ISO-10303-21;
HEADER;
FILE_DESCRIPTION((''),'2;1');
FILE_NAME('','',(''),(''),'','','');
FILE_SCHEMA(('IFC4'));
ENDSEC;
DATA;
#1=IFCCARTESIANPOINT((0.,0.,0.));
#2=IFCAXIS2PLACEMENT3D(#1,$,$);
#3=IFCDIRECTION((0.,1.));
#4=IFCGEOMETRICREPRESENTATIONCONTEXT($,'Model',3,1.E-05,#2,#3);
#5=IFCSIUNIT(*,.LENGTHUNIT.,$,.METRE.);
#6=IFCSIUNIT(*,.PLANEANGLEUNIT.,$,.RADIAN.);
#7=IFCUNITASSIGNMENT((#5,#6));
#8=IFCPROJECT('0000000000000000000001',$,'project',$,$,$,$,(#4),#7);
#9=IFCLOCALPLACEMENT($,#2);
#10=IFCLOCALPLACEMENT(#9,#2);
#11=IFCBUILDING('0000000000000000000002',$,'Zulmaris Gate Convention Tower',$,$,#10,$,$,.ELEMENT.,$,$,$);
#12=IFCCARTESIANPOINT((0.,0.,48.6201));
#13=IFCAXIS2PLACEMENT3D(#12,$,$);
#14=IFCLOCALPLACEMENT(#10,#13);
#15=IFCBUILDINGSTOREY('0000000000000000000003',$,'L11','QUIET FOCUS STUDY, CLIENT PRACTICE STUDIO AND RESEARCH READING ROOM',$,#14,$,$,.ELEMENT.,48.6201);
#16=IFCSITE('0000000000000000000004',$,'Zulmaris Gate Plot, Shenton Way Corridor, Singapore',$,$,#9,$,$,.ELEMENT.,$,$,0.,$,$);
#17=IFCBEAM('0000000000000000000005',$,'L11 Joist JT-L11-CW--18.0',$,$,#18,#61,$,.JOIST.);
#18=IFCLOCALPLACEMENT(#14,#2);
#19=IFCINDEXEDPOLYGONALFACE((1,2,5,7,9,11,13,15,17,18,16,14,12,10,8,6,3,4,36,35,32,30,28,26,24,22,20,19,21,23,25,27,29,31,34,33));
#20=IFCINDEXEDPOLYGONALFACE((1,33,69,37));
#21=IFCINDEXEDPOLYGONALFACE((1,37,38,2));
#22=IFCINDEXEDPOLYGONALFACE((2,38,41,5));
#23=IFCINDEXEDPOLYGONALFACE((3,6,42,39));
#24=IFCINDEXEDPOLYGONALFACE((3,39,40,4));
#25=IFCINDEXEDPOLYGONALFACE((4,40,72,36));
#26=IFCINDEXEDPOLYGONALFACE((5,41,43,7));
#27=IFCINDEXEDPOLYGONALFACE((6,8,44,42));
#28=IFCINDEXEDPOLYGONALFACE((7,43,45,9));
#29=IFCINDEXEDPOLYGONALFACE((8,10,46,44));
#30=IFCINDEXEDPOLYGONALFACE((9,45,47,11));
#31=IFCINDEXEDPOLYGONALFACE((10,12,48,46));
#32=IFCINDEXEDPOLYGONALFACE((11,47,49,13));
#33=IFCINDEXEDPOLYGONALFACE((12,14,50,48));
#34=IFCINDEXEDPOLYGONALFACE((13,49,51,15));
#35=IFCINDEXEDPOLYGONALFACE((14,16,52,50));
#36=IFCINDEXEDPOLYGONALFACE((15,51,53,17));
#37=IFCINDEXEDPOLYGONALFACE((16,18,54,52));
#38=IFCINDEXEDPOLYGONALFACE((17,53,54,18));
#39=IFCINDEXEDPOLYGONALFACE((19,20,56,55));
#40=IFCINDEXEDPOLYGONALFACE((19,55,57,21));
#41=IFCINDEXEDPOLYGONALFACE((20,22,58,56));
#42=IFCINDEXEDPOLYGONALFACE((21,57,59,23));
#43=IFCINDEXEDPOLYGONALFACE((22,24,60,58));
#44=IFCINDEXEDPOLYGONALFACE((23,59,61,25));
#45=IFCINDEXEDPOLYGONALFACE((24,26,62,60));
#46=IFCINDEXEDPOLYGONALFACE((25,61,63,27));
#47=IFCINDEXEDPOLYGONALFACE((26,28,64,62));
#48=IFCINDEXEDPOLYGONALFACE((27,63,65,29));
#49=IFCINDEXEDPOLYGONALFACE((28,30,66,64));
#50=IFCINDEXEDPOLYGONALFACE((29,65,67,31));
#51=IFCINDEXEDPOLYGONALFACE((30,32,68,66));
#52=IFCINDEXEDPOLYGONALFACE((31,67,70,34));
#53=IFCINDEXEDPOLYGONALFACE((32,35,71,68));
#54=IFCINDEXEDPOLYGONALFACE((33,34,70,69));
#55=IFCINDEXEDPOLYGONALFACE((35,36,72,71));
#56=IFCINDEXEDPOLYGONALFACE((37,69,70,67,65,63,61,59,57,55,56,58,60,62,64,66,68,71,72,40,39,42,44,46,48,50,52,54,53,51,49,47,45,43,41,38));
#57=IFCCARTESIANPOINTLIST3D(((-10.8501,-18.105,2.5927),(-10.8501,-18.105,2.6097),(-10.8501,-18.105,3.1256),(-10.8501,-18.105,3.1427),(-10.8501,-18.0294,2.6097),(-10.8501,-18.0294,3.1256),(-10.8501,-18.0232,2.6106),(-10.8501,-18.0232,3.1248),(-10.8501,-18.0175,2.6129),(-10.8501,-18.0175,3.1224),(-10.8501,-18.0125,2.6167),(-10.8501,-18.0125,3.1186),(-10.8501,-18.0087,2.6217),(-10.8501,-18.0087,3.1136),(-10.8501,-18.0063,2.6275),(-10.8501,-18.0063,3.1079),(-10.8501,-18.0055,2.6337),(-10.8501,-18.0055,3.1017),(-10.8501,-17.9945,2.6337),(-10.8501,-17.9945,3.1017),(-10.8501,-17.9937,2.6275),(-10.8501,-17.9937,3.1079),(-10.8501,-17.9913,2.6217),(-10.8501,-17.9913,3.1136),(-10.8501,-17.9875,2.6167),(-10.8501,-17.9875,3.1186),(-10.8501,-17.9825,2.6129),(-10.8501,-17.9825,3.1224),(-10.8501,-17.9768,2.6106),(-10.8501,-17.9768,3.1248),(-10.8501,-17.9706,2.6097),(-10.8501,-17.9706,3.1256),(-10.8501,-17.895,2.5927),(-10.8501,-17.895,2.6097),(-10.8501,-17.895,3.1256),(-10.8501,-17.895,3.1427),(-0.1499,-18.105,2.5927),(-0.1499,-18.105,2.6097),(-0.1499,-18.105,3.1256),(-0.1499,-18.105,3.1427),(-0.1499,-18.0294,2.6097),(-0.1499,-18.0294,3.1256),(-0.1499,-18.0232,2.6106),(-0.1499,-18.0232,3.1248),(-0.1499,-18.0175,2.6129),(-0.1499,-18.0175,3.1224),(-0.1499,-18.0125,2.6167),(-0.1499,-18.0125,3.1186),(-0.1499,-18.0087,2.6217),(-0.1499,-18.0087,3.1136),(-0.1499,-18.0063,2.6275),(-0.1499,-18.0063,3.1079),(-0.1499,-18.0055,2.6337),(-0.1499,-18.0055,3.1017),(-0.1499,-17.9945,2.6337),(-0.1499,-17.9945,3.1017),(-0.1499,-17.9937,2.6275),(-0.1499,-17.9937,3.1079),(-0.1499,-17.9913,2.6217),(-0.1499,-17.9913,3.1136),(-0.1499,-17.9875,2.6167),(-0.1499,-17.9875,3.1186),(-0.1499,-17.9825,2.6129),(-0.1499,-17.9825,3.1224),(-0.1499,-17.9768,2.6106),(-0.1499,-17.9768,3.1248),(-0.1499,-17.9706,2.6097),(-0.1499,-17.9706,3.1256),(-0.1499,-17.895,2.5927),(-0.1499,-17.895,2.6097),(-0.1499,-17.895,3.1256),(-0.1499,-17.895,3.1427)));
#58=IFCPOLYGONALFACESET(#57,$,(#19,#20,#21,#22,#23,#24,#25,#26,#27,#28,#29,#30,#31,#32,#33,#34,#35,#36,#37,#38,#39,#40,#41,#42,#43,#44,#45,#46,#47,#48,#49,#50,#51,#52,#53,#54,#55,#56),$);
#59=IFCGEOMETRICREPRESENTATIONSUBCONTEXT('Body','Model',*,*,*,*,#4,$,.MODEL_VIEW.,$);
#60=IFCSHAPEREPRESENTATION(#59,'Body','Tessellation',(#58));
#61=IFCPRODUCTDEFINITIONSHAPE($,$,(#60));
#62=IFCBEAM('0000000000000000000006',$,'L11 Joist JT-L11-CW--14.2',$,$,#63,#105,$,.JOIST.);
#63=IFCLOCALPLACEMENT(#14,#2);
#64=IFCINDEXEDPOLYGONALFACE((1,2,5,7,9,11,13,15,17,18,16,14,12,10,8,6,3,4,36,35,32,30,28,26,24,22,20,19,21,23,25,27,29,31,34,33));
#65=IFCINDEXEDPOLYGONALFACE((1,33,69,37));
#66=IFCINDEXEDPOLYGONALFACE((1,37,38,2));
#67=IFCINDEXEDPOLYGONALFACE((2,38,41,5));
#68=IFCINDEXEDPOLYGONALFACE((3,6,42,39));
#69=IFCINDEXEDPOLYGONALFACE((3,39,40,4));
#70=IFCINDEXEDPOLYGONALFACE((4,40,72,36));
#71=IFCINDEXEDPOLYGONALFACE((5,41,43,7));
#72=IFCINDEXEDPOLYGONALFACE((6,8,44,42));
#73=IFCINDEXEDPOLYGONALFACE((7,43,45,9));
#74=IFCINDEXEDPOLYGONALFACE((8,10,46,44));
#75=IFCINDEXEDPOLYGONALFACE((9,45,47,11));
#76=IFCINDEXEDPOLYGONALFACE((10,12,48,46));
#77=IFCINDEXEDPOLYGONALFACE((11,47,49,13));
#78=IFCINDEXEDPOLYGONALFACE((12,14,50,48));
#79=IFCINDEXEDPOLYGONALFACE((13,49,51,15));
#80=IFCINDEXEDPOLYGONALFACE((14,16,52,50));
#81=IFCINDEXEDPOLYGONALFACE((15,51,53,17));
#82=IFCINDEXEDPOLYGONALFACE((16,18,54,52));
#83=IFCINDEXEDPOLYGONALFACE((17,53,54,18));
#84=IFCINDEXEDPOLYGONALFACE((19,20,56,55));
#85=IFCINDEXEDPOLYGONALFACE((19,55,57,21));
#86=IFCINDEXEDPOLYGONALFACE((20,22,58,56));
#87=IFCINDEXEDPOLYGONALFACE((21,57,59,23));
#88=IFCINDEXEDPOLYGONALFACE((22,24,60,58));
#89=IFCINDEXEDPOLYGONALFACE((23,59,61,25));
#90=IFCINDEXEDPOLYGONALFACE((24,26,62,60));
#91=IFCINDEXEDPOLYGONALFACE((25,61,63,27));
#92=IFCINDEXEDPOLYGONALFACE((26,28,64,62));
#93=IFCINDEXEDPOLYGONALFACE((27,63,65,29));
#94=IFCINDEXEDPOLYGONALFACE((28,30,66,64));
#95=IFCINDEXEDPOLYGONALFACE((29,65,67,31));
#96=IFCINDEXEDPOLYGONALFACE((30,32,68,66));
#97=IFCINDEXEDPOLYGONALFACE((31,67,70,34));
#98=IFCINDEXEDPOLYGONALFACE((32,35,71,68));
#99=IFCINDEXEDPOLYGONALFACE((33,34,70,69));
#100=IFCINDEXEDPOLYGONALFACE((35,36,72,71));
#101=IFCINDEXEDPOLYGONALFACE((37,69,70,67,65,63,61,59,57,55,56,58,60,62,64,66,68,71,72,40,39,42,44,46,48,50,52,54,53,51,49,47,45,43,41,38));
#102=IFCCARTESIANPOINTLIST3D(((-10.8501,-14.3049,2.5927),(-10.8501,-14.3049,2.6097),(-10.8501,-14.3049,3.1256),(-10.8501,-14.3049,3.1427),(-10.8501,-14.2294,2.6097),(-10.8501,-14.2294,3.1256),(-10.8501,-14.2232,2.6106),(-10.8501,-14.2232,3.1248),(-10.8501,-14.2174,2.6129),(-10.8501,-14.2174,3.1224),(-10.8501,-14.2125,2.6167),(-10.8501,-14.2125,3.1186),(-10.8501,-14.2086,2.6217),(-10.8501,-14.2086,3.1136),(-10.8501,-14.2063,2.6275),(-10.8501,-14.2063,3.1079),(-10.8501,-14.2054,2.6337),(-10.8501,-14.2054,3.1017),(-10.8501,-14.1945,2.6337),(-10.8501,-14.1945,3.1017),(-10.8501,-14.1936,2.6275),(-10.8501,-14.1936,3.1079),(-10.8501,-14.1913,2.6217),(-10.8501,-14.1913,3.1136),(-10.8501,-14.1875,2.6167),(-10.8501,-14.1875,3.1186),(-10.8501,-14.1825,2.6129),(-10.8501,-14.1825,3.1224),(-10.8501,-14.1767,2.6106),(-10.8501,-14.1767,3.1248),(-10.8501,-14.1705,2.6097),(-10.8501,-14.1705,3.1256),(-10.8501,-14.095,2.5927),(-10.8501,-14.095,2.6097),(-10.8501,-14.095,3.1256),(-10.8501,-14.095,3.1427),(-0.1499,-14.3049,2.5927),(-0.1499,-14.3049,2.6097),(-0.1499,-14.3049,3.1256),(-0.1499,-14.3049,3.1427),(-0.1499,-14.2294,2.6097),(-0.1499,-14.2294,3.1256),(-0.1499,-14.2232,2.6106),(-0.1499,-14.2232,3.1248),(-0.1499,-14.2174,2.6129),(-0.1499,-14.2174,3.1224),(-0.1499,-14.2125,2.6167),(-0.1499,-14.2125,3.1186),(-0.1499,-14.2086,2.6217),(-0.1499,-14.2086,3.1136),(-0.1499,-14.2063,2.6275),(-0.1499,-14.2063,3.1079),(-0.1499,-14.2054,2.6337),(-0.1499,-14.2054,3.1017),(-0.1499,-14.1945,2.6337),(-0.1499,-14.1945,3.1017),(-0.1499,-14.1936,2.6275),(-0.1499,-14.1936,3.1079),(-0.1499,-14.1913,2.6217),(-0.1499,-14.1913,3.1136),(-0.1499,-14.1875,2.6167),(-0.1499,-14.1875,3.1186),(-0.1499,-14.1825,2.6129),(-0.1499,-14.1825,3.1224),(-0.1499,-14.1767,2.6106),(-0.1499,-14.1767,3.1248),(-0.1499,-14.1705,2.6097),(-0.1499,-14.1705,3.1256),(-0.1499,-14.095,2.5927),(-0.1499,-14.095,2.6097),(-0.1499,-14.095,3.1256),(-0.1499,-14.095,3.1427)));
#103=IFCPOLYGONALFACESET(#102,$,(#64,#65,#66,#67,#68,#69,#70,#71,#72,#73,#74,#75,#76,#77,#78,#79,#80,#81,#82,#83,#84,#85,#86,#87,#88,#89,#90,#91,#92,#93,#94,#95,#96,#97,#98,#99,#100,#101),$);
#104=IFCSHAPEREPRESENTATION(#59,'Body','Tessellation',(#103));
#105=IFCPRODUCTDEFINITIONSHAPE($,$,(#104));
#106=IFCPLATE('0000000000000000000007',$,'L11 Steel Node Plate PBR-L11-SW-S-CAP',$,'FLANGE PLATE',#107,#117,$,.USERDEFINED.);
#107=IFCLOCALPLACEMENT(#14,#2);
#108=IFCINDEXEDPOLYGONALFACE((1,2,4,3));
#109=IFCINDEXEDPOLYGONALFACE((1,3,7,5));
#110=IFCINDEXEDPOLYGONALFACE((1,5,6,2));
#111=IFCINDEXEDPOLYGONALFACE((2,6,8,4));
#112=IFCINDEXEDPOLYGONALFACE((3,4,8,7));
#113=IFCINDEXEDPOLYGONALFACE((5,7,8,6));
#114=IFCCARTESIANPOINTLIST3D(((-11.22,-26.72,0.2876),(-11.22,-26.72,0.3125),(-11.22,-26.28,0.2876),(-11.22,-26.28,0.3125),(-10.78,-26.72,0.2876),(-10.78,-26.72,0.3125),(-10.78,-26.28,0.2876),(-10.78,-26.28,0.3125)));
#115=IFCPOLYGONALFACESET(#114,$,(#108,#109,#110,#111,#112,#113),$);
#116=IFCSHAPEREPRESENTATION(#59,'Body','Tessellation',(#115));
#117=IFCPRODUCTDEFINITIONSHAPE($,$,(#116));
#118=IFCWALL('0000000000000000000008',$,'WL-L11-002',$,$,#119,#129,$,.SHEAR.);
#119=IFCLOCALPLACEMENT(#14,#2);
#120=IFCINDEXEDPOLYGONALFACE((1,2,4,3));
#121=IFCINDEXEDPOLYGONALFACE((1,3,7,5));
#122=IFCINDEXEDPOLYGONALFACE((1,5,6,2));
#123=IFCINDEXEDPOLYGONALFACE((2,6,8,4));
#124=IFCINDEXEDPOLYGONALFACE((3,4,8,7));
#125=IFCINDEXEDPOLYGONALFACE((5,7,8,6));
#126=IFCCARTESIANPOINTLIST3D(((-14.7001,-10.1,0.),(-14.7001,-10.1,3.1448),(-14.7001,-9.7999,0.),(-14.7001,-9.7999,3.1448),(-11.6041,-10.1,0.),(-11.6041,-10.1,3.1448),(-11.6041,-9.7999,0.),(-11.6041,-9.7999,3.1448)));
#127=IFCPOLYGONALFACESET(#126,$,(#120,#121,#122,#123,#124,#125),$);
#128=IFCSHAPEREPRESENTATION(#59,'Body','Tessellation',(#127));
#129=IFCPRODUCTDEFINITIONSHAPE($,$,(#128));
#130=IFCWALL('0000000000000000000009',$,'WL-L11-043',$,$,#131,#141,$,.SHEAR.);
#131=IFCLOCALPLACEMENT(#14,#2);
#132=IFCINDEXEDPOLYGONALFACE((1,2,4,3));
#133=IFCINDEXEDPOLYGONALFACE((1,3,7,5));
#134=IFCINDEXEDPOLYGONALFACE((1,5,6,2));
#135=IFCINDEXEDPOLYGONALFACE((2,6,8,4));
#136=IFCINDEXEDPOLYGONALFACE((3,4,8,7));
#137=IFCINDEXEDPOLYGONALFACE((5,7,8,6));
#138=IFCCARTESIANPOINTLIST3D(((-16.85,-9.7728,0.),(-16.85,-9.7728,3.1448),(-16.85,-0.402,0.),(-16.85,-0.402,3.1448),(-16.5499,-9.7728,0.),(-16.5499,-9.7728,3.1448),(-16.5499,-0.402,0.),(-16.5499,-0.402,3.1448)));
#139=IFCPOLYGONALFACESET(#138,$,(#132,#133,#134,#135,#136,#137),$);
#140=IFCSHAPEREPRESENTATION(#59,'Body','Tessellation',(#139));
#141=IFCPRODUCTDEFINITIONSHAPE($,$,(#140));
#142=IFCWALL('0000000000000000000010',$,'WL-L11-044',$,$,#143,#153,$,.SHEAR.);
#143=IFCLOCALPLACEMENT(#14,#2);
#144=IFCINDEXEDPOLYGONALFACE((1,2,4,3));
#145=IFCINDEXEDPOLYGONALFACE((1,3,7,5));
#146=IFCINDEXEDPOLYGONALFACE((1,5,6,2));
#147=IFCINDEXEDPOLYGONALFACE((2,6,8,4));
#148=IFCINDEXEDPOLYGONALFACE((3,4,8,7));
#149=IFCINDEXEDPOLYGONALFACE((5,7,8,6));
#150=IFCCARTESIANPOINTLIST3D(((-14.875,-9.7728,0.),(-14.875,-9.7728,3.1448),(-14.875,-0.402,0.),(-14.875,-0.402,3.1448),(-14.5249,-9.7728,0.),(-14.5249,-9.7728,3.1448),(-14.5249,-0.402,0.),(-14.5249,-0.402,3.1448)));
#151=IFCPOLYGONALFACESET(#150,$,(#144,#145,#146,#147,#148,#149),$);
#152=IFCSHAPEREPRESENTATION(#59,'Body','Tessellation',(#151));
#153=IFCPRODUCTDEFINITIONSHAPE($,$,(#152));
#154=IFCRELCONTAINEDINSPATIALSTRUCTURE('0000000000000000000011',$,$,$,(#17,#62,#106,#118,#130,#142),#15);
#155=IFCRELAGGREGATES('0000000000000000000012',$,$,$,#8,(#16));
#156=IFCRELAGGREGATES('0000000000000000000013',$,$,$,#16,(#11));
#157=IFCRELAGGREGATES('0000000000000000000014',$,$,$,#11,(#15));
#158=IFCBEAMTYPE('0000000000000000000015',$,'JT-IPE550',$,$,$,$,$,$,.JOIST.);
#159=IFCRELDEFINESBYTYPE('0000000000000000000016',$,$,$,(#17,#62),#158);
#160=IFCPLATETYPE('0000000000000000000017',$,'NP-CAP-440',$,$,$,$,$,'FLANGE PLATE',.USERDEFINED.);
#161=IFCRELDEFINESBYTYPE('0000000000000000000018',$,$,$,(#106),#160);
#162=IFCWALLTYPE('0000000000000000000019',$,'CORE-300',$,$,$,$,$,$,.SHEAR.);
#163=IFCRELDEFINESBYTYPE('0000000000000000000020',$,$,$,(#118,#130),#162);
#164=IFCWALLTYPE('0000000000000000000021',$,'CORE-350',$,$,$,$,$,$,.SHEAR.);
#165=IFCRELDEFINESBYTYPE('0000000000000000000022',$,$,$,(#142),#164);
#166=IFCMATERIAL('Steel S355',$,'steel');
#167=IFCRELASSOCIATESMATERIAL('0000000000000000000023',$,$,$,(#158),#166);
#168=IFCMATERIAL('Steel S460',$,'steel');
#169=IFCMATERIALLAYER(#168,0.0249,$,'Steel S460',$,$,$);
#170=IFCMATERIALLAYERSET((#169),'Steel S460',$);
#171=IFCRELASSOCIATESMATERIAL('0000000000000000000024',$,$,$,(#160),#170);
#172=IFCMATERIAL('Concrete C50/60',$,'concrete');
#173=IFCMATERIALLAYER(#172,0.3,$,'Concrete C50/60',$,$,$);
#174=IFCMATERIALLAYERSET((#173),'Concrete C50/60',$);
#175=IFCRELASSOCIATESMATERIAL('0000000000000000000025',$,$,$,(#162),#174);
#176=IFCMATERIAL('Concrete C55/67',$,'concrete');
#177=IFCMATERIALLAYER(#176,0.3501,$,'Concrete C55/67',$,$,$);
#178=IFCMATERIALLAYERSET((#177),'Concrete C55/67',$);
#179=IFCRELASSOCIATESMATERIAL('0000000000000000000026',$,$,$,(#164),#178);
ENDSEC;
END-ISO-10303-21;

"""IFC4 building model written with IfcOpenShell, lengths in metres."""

from ifc_helpers import new_model, si_unit, direction, frame, frame_2d, origin, origin_2d, place, context, subcontext, project, spatial, rectangle, i_section, extrude, material, layer, layer_set, material_profile, profile_set, type_object, element, save


model = new_model("IFC4")

# Units and contexts
model_context = context("Model", 3, precision=1e-05, world=origin(), true_north=direction((0.0, 1.0)))
body_context = subcontext(model_context, "Body", "Model", "MODEL_VIEW")
ifc_project = project(units=[si_unit("LENGTHUNIT", "METRE"), si_unit("PLANEANGLEUNIT", "RADIAN")], contexts=[model_context])

# Site, building, storey
site_placement = place(None, origin())
site = spatial("IfcSite", under=ifc_project, at=site_placement, Name="Zulmaris Gate Plot, Shenton Way Corridor, Singapore", CompositionType="ELEMENT", RefElevation=0.0)
building_placement = place(site_placement, origin())
building = spatial("IfcBuilding", under=site, at=building_placement, Name="Zulmaris Gate Convention Tower", CompositionType="ELEMENT")
storey_placement = place(building_placement, frame((0.0, 0.0, 48.6201)))
storey = spatial("IfcBuildingStorey", under=building, at=storey_placement, Name="L11", Description="QUIET FOCUS STUDY, CLIENT PRACTICE STUDIO AND RESEARCH READING ROOM", CompositionType="ELEMENT", Elevation=48.6201)

# Shared definitions
ifc_material_1 = material(Name="Steel S355", Category="steel")

# Shared definitions
ifc_material_2 = material(Name="Steel S460", Category="steel")

# Beams
ifc_material_profile_1 = material_profile(ifc_material_1, i_section(OverallWidth=0.21, OverallDepth=0.55, WebThickness=0.011, FlangeThickness=0.0171, FilletRadius=0.0239, at=origin_2d()), Name="IPE 550")
ifc_profile_set_1 = profile_set([ifc_material_profile_1], Name="Steel S355")
beam_type_1 = type_object("IfcBeamType", Name="JT-IPE550", PredefinedType="JOIST", material=ifc_profile_set_1)
for number, where, z_axis, x_axis, name in (
    (1, (-10.8501, -18.0, 2.8677), (1.0, 0.0, 0.0), (0.0, 1.0, 0.0), "L11 Joist JT-L11-CW--18.0"),
    (2, (-10.8501, -14.2, 2.8677), (1.0, 0.0, 0.0), (0.0, 1.0, 0.0), "L11 Joist JT-L11-CW--14.2"),
):
    element("IfcBeam", number, at=place(storey_placement, frame(where, z_axis=z_axis, x_axis=x_axis)), inside=storey, type_object=beam_type_1, Name=name, PredefinedType="JOIST", context=body_context, shape_type="SweptSolid", body=[
        extrude(i_section(OverallWidth=0.21, OverallDepth=0.55, WebThickness=0.011, FlangeThickness=0.0171, FilletRadius=0.0239, at=origin_2d()), origin(), (0.0, 0.0, 1.0), 10.7002),
    ])

# Plate
ifc_layer_1 = layer(ifc_material_2, 0.0249, Name="Steel S460")
ifc_layer_set_1 = layer_set([ifc_layer_1], Name="Steel S460")
plate_type = type_object("IfcPlateType", Name="NP-CAP-440", ElementType="FLANGE PLATE", PredefinedType="USERDEFINED", material=ifc_layer_set_1)
plate_placement = place(storey_placement, frame((-11.0, -26.5, 0.2876), z_axis=(0.0, 0.0, 1.0), x_axis=(1.0, 0.0, 0.0)))
element("IfcPlate", 3, at=plate_placement, inside=storey, type_object=plate_type, Name="L11 Steel Node Plate PBR-L11-SW-S-CAP", ObjectType="FLANGE PLATE", PredefinedType="USERDEFINED", context=body_context, shape_type="SweptSolid", body=[
    extrude(rectangle(XDim=0.4399, YDim=0.4399, at=origin_2d()), origin(), (0.0, 0.0, 1.0), 0.0249),
])

# Walls
ifc_material_3 = material(Name="Concrete C50/60", Category="concrete")
ifc_layer_2 = layer(ifc_material_3, 0.3, Name="Concrete C50/60")
ifc_layer_set_2 = layer_set([ifc_layer_2], Name="Concrete C50/60")
wall_type_1 = type_object("IfcWallType", Name="CORE-300", PredefinedType="SHEAR", material=ifc_layer_set_2)
wall_1_placement = place(storey_placement, frame((-14.7, -9.95, 0.0), z_axis=(0.0, 0.0, 1.0), x_axis=(1.0, 0.0, 0.0)))
element("IfcWall", 4, at=wall_1_placement, inside=storey, type_object=wall_type_1, Name="WL-L11-002", PredefinedType="SHEAR", context=body_context, shape_type="SweptSolid", body=[
    extrude(rectangle(XDim=3.0959, YDim=0.3, at=frame_2d((1.5479, 0.0))), origin(), (0.0, 0.0, 1.0), 3.1448),
])
wall_2_placement = place(storey_placement, frame((-16.7, -9.7729, 0.0), z_axis=(0.0, 0.0, 1.0), x_axis=(0.0, 1.0, 0.0)))
element("IfcWall", 5, at=wall_2_placement, inside=storey, type_object=wall_type_1, Name="WL-L11-043", PredefinedType="SHEAR", context=body_context, shape_type="SweptSolid", body=[
    extrude(rectangle(XDim=9.3708, YDim=0.3, at=frame_2d((4.6855, 0.0))), origin(), (0.0, 0.0, 1.0), 3.1448),
])

# Shared definitions
ifc_material_4 = material(Name="Concrete C55/67", Category="concrete")
ifc_layer_3 = layer(ifc_material_4, 0.3501, Name="Concrete C55/67")
ifc_layer_set_3 = layer_set([ifc_layer_3], Name="Concrete C55/67")
wall_type_2 = type_object("IfcWallType", Name="CORE-350", PredefinedType="SHEAR", material=ifc_layer_set_3)

# Wall
wall_3_placement = place(storey_placement, frame((-14.7, -9.7729, 0.0), z_axis=(0.0, 0.0, 1.0), x_axis=(0.0, 1.0, 0.0)))
element("IfcWall", 6, at=wall_3_placement, inside=storey, type_object=wall_type_2, Name="WL-L11-044", PredefinedType="SHEAR", context=body_context, shape_type="SweptSolid", body=[
    extrude(rectangle(XDim=9.3708, YDim=0.3501, at=frame_2d((4.6855, 0.0))), origin(), (0.0, 0.0, 1.0), 3.1448),
])

save(model, "model.ifc")
